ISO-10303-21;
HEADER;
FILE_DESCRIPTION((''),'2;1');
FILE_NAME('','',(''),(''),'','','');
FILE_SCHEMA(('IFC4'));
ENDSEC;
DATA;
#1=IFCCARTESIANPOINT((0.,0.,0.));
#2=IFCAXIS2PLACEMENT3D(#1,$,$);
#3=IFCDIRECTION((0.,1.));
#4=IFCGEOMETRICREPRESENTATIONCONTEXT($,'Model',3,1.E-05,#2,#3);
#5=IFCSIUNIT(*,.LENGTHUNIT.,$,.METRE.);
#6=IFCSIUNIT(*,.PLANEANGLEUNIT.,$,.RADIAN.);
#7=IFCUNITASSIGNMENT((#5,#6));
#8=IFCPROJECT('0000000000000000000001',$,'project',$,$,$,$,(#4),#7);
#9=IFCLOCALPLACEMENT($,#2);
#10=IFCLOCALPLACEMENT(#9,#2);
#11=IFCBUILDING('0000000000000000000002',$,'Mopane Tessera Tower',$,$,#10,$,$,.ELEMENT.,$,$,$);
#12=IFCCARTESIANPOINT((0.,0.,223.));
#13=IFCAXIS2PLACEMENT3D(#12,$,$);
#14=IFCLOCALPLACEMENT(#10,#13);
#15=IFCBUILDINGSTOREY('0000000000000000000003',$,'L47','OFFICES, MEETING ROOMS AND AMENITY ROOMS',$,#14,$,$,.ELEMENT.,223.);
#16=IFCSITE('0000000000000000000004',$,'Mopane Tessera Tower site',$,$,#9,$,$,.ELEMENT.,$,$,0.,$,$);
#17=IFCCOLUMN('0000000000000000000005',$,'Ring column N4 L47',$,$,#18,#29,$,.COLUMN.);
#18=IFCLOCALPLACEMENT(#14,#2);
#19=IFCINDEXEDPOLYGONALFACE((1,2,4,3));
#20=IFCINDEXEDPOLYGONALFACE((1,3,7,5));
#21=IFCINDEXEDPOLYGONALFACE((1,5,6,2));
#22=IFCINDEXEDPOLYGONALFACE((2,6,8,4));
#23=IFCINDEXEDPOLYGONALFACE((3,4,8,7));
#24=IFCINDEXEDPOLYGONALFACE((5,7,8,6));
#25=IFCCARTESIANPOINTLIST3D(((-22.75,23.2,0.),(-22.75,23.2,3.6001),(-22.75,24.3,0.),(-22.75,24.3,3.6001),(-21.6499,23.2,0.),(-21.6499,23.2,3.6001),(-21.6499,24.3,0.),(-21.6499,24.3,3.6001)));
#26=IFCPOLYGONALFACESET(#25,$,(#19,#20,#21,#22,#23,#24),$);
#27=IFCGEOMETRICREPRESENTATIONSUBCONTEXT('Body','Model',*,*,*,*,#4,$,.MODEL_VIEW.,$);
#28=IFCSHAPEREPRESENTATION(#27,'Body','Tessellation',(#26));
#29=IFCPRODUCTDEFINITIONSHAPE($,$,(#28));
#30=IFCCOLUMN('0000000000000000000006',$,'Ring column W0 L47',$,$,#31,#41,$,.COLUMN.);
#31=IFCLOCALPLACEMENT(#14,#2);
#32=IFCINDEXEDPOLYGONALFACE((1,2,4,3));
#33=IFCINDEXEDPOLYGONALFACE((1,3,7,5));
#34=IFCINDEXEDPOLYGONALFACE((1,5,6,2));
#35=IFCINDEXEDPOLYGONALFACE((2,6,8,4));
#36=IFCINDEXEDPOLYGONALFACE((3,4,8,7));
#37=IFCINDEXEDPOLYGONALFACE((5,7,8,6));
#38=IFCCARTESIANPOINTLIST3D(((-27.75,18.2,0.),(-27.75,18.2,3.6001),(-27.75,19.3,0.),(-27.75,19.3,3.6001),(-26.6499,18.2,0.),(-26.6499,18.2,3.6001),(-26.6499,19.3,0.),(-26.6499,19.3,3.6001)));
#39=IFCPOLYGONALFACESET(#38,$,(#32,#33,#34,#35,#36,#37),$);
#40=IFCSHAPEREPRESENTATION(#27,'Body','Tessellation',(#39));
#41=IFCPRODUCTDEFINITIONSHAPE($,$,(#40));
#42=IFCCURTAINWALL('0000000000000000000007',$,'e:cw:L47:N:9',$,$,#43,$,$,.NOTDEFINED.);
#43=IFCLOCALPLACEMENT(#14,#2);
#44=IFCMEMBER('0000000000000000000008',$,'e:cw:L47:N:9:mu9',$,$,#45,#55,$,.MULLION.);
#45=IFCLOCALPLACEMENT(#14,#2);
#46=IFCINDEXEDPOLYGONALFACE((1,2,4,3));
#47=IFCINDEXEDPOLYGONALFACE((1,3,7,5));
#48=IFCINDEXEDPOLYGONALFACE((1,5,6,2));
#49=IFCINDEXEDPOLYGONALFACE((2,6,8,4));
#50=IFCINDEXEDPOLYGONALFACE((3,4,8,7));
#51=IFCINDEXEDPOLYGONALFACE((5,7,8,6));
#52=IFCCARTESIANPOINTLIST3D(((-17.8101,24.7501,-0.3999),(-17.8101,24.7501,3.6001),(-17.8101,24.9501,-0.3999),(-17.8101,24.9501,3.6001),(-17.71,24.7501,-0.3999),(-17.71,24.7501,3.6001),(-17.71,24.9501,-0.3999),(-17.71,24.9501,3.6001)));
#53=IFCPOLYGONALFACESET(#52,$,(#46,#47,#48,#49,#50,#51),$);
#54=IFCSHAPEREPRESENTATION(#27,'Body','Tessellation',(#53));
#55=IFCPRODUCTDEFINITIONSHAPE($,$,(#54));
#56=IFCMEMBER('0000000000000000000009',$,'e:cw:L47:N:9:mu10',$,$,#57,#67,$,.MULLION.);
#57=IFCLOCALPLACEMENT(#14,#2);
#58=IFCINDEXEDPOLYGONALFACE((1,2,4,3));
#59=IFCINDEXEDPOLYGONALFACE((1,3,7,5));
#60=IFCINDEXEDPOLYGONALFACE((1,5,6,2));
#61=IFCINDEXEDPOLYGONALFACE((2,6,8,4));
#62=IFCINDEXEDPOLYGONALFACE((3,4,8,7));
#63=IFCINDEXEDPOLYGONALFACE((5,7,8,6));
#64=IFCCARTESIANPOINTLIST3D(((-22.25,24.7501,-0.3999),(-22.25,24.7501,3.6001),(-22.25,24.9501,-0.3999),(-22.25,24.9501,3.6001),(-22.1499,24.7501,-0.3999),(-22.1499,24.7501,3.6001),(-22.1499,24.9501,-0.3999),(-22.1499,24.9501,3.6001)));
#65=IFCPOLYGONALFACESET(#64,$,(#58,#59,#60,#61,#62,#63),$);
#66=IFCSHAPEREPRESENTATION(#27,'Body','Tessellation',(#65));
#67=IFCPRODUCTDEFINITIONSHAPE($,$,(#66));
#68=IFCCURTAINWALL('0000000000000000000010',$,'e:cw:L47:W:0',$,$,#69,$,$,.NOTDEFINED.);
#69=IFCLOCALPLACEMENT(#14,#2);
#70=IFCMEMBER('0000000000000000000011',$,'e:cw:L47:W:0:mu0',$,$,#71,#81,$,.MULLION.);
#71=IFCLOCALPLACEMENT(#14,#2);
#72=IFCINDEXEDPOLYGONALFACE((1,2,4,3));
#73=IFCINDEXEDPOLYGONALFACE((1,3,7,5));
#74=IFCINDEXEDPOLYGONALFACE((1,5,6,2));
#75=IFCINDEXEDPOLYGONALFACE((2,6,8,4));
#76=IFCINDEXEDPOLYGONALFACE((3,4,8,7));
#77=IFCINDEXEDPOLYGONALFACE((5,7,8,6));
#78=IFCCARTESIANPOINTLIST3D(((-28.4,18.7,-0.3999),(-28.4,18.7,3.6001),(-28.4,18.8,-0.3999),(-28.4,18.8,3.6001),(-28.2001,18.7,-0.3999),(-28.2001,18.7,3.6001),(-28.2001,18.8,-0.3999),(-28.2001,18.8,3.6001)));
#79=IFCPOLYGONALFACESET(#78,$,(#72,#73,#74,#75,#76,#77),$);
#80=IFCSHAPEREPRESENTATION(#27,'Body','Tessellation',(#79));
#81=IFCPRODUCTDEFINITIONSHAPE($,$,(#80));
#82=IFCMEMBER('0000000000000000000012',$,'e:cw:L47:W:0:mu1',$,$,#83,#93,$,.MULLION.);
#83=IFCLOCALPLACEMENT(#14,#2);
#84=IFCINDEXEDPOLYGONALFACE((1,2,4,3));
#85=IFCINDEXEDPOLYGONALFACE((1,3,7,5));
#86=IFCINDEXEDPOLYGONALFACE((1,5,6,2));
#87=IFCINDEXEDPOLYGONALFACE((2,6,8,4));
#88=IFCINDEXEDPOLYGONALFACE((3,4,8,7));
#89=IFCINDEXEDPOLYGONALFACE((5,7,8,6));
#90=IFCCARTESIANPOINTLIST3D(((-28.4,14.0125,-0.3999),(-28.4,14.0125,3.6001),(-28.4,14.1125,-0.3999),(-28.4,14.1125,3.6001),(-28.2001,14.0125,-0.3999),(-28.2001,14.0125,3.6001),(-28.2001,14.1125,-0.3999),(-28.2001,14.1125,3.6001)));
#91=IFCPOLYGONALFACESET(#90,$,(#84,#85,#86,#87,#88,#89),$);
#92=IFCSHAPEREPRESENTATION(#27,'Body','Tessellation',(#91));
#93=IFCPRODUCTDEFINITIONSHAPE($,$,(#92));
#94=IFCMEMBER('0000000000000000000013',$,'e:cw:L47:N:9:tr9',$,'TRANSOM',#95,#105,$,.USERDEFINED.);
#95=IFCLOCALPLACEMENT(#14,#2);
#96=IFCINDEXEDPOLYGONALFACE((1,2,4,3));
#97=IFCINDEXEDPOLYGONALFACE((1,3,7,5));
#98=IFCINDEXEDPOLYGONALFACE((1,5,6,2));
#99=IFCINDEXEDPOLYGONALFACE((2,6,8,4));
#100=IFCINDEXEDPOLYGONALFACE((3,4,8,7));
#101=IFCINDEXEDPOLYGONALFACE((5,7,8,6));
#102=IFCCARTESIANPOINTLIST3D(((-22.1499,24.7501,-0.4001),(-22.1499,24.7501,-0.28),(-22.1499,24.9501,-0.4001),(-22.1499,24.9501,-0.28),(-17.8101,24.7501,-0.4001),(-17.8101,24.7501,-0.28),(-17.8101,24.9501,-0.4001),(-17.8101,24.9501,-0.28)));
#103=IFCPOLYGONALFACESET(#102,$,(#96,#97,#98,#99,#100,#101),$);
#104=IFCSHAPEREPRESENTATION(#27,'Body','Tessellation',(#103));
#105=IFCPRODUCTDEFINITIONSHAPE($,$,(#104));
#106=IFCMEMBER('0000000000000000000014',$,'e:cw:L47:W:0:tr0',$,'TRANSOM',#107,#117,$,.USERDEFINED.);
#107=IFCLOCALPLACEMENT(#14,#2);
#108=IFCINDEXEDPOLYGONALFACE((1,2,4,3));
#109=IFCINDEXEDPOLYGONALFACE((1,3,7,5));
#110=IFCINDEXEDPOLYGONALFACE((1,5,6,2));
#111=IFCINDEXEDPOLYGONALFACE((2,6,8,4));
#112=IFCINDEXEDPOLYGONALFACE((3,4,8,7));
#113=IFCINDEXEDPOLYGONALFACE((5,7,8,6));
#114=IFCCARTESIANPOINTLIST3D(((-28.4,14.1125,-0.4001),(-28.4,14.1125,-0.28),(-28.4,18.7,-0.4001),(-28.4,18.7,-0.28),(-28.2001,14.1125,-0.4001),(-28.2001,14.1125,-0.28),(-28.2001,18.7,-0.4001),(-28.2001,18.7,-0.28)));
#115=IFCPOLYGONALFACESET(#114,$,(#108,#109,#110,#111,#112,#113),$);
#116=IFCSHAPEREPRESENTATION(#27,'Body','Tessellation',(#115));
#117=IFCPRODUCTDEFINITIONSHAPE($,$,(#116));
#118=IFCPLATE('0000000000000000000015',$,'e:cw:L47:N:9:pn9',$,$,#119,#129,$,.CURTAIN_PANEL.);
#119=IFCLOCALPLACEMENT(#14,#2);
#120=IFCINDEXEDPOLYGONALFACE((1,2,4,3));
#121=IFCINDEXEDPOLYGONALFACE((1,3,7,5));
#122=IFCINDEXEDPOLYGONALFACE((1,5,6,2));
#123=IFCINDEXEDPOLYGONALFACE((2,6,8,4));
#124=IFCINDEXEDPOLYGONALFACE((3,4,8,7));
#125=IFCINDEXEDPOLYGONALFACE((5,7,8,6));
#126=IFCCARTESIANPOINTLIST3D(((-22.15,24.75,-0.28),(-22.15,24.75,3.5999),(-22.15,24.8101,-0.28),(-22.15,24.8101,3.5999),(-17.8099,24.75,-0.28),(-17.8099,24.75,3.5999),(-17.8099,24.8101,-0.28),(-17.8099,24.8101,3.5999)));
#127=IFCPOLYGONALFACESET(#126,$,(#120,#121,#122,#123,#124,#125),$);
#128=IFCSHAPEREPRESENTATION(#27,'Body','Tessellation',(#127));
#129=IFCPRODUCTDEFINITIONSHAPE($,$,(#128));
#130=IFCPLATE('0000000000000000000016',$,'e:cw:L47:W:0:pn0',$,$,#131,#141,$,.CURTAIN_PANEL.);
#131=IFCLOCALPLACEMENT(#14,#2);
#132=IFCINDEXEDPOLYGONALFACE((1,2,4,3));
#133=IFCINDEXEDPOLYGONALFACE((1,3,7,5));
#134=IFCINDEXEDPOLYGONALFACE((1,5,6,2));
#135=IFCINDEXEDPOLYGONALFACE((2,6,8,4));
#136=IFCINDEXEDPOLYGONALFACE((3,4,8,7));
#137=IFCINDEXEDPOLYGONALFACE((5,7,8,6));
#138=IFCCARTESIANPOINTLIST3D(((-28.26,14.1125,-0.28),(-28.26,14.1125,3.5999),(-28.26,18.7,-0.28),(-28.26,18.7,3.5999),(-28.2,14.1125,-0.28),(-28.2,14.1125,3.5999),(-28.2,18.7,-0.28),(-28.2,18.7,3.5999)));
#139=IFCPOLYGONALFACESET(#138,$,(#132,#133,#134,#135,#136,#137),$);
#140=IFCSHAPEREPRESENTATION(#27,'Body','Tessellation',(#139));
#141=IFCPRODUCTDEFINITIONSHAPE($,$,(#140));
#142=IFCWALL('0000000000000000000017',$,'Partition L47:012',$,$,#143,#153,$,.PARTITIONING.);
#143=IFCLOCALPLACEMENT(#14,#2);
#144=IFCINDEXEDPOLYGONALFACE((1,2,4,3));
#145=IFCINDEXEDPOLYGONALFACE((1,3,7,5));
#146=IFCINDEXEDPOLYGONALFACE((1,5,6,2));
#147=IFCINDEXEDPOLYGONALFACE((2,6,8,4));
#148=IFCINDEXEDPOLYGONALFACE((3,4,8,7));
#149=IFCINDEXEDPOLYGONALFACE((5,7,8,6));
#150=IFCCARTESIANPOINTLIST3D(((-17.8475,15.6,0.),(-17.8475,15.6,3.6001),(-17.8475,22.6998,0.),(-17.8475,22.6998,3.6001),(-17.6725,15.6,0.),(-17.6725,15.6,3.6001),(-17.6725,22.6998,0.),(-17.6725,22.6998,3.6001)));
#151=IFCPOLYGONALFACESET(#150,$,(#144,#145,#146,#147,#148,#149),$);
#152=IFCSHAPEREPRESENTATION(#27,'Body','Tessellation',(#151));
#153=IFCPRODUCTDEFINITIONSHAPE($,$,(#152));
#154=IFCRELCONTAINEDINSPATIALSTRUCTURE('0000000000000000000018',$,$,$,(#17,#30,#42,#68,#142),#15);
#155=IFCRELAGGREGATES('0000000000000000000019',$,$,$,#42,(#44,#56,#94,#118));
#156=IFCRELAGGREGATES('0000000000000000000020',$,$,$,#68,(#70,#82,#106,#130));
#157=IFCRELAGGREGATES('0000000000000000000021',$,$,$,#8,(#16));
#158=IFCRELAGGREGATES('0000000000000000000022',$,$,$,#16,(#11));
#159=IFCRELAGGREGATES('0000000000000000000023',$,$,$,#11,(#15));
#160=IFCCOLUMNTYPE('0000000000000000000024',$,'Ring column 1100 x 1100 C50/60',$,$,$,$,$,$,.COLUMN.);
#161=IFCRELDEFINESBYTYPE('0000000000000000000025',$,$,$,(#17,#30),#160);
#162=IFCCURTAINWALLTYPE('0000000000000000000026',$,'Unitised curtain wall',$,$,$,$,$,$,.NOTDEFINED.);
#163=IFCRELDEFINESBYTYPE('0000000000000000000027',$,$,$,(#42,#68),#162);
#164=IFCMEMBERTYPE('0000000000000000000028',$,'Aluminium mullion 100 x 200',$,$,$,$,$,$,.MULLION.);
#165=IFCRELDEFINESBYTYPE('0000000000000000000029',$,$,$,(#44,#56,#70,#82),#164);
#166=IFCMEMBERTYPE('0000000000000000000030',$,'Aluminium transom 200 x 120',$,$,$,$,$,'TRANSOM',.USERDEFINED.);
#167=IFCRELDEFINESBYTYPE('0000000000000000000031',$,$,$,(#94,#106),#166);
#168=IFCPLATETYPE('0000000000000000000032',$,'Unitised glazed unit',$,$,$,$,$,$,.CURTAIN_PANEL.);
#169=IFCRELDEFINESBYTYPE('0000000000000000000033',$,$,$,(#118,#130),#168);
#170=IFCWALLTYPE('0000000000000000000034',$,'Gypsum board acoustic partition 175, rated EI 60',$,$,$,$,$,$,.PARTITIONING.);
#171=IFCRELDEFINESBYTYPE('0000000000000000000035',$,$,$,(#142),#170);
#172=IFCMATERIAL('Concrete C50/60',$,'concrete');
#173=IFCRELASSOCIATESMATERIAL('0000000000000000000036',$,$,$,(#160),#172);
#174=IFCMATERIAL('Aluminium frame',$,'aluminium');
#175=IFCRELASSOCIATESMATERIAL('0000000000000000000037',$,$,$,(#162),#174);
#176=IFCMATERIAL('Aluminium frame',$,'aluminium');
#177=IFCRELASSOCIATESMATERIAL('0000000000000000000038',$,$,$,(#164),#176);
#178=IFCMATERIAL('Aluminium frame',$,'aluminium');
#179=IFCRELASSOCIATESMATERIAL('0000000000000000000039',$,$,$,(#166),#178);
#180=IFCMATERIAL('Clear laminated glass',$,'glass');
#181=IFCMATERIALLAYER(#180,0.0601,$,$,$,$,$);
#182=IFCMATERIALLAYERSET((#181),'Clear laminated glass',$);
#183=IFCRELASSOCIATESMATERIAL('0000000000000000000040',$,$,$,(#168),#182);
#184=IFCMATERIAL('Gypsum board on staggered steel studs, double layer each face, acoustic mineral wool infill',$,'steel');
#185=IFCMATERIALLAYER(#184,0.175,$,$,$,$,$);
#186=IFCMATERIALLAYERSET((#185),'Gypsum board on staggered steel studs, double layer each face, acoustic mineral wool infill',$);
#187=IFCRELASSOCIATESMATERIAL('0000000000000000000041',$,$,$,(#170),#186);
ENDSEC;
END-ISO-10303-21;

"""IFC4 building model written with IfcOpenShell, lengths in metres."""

from ifc_helpers import new_model, si_unit, direction, frame, frame_2d, origin, origin_2d, place, context, subcontext, project, spatial, rectangle, extrude, material, layer, layer_set, material_profile, profile_set, type_object, element, aggregate, save


model = new_model("IFC4")

# Units and contexts
model_context = context("Model", 3, precision=1e-05, world=origin(), true_north=direction((0.0, 1.0)))
body_context = subcontext(model_context, "Body", "Model", "MODEL_VIEW")
ifc_project = project(units=[si_unit("LENGTHUNIT", "METRE"), si_unit("PLANEANGLEUNIT", "RADIAN")], contexts=[model_context])

# Site, building, storey
site_placement = place(None, origin())
site = spatial("IfcSite", under=ifc_project, at=site_placement, Name="Mopane Tessera Tower site", CompositionType="ELEMENT", RefElevation=0.0)
building_placement = place(site_placement, origin())
building = spatial("IfcBuilding", under=site, at=building_placement, Name="Mopane Tessera Tower", CompositionType="ELEMENT")
storey_placement = place(building_placement, frame((0.0, 0.0, 223.0)))
storey = spatial("IfcBuildingStorey", under=building, at=storey_placement, Name="L47", Description="OFFICES, MEETING ROOMS AND AMENITY ROOMS", CompositionType="ELEMENT", Elevation=223.0)

# Columns
ifc_material_1 = material(Name="Concrete C50/60", Category="concrete")
ifc_material_profile_1 = material_profile(ifc_material_1, rectangle(XDim=1.1001, YDim=1.1001, at=origin_2d()))
ifc_profile_set_1 = profile_set([ifc_material_profile_1], Name="Concrete C50/60")
column_type = type_object("IfcColumnType", Name="Ring column 1100 x 1100 C50/60", PredefinedType="COLUMN", material=ifc_profile_set_1)
for number, where, z_axis, x_axis, name in (
    (1, (-22.2, 23.75, 0.0), (0.0, 0.0, 1.0), (1.0, 0.0, 0.0), "Ring column N4 L47"),
    (2, (-27.2, 18.75, 0.0), (0.0, 0.0, 1.0), (1.0, 0.0, 0.0), "Ring column W0 L47"),
):
    element("IfcColumn", number, at=place(storey_placement, frame(where, z_axis=z_axis, x_axis=x_axis)), inside=storey, type_object=column_type, Name=name, PredefinedType="COLUMN", context=body_context, shape_type="SweptSolid", body=[
        extrude(rectangle(XDim=1.1001, YDim=1.1001, at=origin_2d()), origin(), (0.0, 0.0, 1.0), 3.6001),
    ])

# Curtain walls, members
ifc_material_2 = material(Name="Aluminium frame", Category="aluminium")
curtain_wall_type = type_object("IfcCurtainWallType", Name="Unitised curtain wall", PredefinedType="NOTDEFINED", material=ifc_material_2)
curtain_wall_1_placement = place(storey_placement, origin())
curtain_wall_1 = element("IfcCurtainWall", 3, at=curtain_wall_1_placement, inside=storey, type_object=curtain_wall_type, Name="e:cw:L47:N:9", PredefinedType="NOTDEFINED")
ifc_material_3 = material(Name="Aluminium frame", Category="aluminium")
ifc_material_profile_2 = material_profile(ifc_material_3, rectangle(XDim=0.1001, YDim=0.2, at=origin_2d()))
ifc_profile_set_2 = profile_set([ifc_material_profile_2], Name="Aluminium frame")
member_type_1 = type_object("IfcMemberType", Name="Aluminium mullion 100 x 200", PredefinedType="MULLION", material=ifc_profile_set_2)
member_1_placement = place(storey_placement, frame((-17.76, 24.8501, -0.3999), z_axis=(0.0, 0.0, 1.0), x_axis=(-1.0, 0.0, 0.0)))
member_1 = element("IfcMember", 4, at=member_1_placement, type_object=member_type_1, Name="e:cw:L47:N:9:mu9", PredefinedType="MULLION", context=body_context, shape_type="SweptSolid", body=[
    extrude(rectangle(XDim=0.1001, YDim=0.2, at=origin_2d()), origin(), (0.0, 0.0, 1.0), 4.0),
])
member_2_placement = place(storey_placement, frame((-22.2, 24.8501, -0.3999), z_axis=(0.0, 0.0, 1.0), x_axis=(-1.0, 0.0, 0.0)))
member_2 = element("IfcMember", 5, at=member_2_placement, type_object=member_type_1, Name="e:cw:L47:N:9:mu10", PredefinedType="MULLION", context=body_context, shape_type="SweptSolid", body=[
    extrude(rectangle(XDim=0.1001, YDim=0.2, at=origin_2d()), origin(), (0.0, 0.0, 1.0), 4.0),
])
curtain_wall_2_placement = place(storey_placement, origin())
curtain_wall_2 = element("IfcCurtainWall", 6, at=curtain_wall_2_placement, inside=storey, type_object=curtain_wall_type, Name="e:cw:L47:W:0", PredefinedType="NOTDEFINED")
member_3_placement = place(storey_placement, frame((-28.3, 18.75, -0.3999), z_axis=(0.0, 0.0, 1.0), x_axis=(0.0, -1.0, 0.0)))
member_3 = element("IfcMember", 7, at=member_3_placement, type_object=member_type_1, Name="e:cw:L47:W:0:mu0", PredefinedType="MULLION", context=body_context, shape_type="SweptSolid", body=[
    extrude(rectangle(XDim=0.1001, YDim=0.2, at=origin_2d()), origin(), (0.0, 0.0, 1.0), 4.0),
])
member_4_placement = place(storey_placement, frame((-28.3, 14.0625, -0.3999), z_axis=(0.0, 0.0, 1.0), x_axis=(0.0, -1.0, 0.0)))
member_4 = element("IfcMember", 8, at=member_4_placement, type_object=member_type_1, Name="e:cw:L47:W:0:mu1", PredefinedType="MULLION", context=body_context, shape_type="SweptSolid", body=[
    extrude(rectangle(XDim=0.1001, YDim=0.2, at=origin_2d()), origin(), (0.0, 0.0, 1.0), 4.0),
])

# Members
ifc_material_4 = material(Name="Aluminium frame", Category="aluminium")
ifc_material_profile_3 = material_profile(ifc_material_4, rectangle(XDim=0.2, YDim=0.1201, at=origin_2d()))
ifc_profile_set_3 = profile_set([ifc_material_profile_3], Name="Aluminium frame")
member_type_2 = type_object("IfcMemberType", Name="Aluminium transom 200 x 120", ElementType="TRANSOM", PredefinedType="USERDEFINED", material=ifc_profile_set_3)
member_5_placement = place(storey_placement, frame((-17.8101, 24.8501, -0.3401), z_axis=(-1.0, 0.0, 0.0), x_axis=(0.0, -1.0, 0.0)))
member_5 = element("IfcMember", 9, at=member_5_placement, type_object=member_type_2, Name="e:cw:L47:N:9:tr9", ObjectType="TRANSOM", PredefinedType="USERDEFINED", context=body_context, shape_type="SweptSolid", body=[
    extrude(rectangle(XDim=0.2, YDim=0.1201, at=origin_2d()), origin(), (0.0, 0.0, 1.0), 4.3398),
])
member_6_placement = place(storey_placement, frame((-28.3, 18.7, -0.3401), z_axis=(0.0, -1.0, 0.0), x_axis=(1.0, 0.0, 0.0)))
member_6 = element("IfcMember", 10, at=member_6_placement, type_object=member_type_2, Name="e:cw:L47:W:0:tr0", ObjectType="TRANSOM", PredefinedType="USERDEFINED", context=body_context, shape_type="SweptSolid", body=[
    extrude(rectangle(XDim=0.2, YDim=0.1201, at=origin_2d()), origin(), (0.0, 0.0, 1.0), 4.5874),
])

# Plates
ifc_material_5 = material(Name="Clear laminated glass", Category="glass")
ifc_layer_1 = layer(ifc_material_5, 0.0601)
ifc_layer_set_1 = layer_set([ifc_layer_1], Name="Clear laminated glass")
plate_type = type_object("IfcPlateType", Name="Unitised glazed unit", PredefinedType="CURTAIN_PANEL", material=ifc_layer_set_1)
plate_1_placement = place(storey_placement, frame((-19.98, 24.78, -0.28), z_axis=(0.0, 0.0, 1.0), x_axis=(-1.0, 0.0, 0.0)))
plate_1 = element("IfcPlate", 11, at=plate_1_placement, type_object=plate_type, Name="e:cw:L47:N:9:pn9", PredefinedType="CURTAIN_PANEL", context=body_context, shape_type="SweptSolid", body=[
    extrude(rectangle(XDim=4.3401, YDim=0.0601, at=origin_2d()), origin(), (0.0, 0.0, 1.0), 3.8799),
])
aggregate(curtain_wall_1, [member_1, member_2, member_5, plate_1])
plate_2_placement = place(storey_placement, frame((-28.23, 16.4062, -0.28), z_axis=(0.0, 0.0, 1.0), x_axis=(0.0, -1.0, 0.0)))
plate_2 = element("IfcPlate", 12, at=plate_2_placement, type_object=plate_type, Name="e:cw:L47:W:0:pn0", PredefinedType="CURTAIN_PANEL", context=body_context, shape_type="SweptSolid", body=[
    extrude(rectangle(XDim=4.5874, YDim=0.0601, at=origin_2d()), origin(), (0.0, 0.0, 1.0), 3.8799),
])
aggregate(curtain_wall_2, [member_3, member_4, member_6, plate_2])

# Wall
ifc_material_6 = material(Name="Gypsum board on staggered steel studs, double layer each face, acoustic mineral wool infill", Category="steel")
ifc_layer_2 = layer(ifc_material_6, 0.175)
ifc_layer_set_2 = layer_set([ifc_layer_2], Name="Gypsum board on staggered steel studs, double layer each face, acoustic mineral wool infill")
wall_type_1 = type_object("IfcWallType", Name="Gypsum board acoustic partition 175, rated EI 60", PredefinedType="PARTITIONING", material=ifc_layer_set_2)
wall_1_placement = place(storey_placement, frame((-17.76, 15.6001, 0.0), z_axis=(0.0, 0.0, 1.0), x_axis=(0.0, 1.0, 0.0)))
element("IfcWall", 13, at=wall_1_placement, inside=storey, type_object=wall_type_1, Name="Partition L47:012", PredefinedType="PARTITIONING", context=body_context, shape_type="SweptSolid", body=[
    extrude(rectangle(XDim=7.0999, YDim=0.175, at=frame_2d((3.5498, 0.0))), origin(), (0.0, 0.0, 1.0), 3.6001),
])

save(model, "model.ifc")
